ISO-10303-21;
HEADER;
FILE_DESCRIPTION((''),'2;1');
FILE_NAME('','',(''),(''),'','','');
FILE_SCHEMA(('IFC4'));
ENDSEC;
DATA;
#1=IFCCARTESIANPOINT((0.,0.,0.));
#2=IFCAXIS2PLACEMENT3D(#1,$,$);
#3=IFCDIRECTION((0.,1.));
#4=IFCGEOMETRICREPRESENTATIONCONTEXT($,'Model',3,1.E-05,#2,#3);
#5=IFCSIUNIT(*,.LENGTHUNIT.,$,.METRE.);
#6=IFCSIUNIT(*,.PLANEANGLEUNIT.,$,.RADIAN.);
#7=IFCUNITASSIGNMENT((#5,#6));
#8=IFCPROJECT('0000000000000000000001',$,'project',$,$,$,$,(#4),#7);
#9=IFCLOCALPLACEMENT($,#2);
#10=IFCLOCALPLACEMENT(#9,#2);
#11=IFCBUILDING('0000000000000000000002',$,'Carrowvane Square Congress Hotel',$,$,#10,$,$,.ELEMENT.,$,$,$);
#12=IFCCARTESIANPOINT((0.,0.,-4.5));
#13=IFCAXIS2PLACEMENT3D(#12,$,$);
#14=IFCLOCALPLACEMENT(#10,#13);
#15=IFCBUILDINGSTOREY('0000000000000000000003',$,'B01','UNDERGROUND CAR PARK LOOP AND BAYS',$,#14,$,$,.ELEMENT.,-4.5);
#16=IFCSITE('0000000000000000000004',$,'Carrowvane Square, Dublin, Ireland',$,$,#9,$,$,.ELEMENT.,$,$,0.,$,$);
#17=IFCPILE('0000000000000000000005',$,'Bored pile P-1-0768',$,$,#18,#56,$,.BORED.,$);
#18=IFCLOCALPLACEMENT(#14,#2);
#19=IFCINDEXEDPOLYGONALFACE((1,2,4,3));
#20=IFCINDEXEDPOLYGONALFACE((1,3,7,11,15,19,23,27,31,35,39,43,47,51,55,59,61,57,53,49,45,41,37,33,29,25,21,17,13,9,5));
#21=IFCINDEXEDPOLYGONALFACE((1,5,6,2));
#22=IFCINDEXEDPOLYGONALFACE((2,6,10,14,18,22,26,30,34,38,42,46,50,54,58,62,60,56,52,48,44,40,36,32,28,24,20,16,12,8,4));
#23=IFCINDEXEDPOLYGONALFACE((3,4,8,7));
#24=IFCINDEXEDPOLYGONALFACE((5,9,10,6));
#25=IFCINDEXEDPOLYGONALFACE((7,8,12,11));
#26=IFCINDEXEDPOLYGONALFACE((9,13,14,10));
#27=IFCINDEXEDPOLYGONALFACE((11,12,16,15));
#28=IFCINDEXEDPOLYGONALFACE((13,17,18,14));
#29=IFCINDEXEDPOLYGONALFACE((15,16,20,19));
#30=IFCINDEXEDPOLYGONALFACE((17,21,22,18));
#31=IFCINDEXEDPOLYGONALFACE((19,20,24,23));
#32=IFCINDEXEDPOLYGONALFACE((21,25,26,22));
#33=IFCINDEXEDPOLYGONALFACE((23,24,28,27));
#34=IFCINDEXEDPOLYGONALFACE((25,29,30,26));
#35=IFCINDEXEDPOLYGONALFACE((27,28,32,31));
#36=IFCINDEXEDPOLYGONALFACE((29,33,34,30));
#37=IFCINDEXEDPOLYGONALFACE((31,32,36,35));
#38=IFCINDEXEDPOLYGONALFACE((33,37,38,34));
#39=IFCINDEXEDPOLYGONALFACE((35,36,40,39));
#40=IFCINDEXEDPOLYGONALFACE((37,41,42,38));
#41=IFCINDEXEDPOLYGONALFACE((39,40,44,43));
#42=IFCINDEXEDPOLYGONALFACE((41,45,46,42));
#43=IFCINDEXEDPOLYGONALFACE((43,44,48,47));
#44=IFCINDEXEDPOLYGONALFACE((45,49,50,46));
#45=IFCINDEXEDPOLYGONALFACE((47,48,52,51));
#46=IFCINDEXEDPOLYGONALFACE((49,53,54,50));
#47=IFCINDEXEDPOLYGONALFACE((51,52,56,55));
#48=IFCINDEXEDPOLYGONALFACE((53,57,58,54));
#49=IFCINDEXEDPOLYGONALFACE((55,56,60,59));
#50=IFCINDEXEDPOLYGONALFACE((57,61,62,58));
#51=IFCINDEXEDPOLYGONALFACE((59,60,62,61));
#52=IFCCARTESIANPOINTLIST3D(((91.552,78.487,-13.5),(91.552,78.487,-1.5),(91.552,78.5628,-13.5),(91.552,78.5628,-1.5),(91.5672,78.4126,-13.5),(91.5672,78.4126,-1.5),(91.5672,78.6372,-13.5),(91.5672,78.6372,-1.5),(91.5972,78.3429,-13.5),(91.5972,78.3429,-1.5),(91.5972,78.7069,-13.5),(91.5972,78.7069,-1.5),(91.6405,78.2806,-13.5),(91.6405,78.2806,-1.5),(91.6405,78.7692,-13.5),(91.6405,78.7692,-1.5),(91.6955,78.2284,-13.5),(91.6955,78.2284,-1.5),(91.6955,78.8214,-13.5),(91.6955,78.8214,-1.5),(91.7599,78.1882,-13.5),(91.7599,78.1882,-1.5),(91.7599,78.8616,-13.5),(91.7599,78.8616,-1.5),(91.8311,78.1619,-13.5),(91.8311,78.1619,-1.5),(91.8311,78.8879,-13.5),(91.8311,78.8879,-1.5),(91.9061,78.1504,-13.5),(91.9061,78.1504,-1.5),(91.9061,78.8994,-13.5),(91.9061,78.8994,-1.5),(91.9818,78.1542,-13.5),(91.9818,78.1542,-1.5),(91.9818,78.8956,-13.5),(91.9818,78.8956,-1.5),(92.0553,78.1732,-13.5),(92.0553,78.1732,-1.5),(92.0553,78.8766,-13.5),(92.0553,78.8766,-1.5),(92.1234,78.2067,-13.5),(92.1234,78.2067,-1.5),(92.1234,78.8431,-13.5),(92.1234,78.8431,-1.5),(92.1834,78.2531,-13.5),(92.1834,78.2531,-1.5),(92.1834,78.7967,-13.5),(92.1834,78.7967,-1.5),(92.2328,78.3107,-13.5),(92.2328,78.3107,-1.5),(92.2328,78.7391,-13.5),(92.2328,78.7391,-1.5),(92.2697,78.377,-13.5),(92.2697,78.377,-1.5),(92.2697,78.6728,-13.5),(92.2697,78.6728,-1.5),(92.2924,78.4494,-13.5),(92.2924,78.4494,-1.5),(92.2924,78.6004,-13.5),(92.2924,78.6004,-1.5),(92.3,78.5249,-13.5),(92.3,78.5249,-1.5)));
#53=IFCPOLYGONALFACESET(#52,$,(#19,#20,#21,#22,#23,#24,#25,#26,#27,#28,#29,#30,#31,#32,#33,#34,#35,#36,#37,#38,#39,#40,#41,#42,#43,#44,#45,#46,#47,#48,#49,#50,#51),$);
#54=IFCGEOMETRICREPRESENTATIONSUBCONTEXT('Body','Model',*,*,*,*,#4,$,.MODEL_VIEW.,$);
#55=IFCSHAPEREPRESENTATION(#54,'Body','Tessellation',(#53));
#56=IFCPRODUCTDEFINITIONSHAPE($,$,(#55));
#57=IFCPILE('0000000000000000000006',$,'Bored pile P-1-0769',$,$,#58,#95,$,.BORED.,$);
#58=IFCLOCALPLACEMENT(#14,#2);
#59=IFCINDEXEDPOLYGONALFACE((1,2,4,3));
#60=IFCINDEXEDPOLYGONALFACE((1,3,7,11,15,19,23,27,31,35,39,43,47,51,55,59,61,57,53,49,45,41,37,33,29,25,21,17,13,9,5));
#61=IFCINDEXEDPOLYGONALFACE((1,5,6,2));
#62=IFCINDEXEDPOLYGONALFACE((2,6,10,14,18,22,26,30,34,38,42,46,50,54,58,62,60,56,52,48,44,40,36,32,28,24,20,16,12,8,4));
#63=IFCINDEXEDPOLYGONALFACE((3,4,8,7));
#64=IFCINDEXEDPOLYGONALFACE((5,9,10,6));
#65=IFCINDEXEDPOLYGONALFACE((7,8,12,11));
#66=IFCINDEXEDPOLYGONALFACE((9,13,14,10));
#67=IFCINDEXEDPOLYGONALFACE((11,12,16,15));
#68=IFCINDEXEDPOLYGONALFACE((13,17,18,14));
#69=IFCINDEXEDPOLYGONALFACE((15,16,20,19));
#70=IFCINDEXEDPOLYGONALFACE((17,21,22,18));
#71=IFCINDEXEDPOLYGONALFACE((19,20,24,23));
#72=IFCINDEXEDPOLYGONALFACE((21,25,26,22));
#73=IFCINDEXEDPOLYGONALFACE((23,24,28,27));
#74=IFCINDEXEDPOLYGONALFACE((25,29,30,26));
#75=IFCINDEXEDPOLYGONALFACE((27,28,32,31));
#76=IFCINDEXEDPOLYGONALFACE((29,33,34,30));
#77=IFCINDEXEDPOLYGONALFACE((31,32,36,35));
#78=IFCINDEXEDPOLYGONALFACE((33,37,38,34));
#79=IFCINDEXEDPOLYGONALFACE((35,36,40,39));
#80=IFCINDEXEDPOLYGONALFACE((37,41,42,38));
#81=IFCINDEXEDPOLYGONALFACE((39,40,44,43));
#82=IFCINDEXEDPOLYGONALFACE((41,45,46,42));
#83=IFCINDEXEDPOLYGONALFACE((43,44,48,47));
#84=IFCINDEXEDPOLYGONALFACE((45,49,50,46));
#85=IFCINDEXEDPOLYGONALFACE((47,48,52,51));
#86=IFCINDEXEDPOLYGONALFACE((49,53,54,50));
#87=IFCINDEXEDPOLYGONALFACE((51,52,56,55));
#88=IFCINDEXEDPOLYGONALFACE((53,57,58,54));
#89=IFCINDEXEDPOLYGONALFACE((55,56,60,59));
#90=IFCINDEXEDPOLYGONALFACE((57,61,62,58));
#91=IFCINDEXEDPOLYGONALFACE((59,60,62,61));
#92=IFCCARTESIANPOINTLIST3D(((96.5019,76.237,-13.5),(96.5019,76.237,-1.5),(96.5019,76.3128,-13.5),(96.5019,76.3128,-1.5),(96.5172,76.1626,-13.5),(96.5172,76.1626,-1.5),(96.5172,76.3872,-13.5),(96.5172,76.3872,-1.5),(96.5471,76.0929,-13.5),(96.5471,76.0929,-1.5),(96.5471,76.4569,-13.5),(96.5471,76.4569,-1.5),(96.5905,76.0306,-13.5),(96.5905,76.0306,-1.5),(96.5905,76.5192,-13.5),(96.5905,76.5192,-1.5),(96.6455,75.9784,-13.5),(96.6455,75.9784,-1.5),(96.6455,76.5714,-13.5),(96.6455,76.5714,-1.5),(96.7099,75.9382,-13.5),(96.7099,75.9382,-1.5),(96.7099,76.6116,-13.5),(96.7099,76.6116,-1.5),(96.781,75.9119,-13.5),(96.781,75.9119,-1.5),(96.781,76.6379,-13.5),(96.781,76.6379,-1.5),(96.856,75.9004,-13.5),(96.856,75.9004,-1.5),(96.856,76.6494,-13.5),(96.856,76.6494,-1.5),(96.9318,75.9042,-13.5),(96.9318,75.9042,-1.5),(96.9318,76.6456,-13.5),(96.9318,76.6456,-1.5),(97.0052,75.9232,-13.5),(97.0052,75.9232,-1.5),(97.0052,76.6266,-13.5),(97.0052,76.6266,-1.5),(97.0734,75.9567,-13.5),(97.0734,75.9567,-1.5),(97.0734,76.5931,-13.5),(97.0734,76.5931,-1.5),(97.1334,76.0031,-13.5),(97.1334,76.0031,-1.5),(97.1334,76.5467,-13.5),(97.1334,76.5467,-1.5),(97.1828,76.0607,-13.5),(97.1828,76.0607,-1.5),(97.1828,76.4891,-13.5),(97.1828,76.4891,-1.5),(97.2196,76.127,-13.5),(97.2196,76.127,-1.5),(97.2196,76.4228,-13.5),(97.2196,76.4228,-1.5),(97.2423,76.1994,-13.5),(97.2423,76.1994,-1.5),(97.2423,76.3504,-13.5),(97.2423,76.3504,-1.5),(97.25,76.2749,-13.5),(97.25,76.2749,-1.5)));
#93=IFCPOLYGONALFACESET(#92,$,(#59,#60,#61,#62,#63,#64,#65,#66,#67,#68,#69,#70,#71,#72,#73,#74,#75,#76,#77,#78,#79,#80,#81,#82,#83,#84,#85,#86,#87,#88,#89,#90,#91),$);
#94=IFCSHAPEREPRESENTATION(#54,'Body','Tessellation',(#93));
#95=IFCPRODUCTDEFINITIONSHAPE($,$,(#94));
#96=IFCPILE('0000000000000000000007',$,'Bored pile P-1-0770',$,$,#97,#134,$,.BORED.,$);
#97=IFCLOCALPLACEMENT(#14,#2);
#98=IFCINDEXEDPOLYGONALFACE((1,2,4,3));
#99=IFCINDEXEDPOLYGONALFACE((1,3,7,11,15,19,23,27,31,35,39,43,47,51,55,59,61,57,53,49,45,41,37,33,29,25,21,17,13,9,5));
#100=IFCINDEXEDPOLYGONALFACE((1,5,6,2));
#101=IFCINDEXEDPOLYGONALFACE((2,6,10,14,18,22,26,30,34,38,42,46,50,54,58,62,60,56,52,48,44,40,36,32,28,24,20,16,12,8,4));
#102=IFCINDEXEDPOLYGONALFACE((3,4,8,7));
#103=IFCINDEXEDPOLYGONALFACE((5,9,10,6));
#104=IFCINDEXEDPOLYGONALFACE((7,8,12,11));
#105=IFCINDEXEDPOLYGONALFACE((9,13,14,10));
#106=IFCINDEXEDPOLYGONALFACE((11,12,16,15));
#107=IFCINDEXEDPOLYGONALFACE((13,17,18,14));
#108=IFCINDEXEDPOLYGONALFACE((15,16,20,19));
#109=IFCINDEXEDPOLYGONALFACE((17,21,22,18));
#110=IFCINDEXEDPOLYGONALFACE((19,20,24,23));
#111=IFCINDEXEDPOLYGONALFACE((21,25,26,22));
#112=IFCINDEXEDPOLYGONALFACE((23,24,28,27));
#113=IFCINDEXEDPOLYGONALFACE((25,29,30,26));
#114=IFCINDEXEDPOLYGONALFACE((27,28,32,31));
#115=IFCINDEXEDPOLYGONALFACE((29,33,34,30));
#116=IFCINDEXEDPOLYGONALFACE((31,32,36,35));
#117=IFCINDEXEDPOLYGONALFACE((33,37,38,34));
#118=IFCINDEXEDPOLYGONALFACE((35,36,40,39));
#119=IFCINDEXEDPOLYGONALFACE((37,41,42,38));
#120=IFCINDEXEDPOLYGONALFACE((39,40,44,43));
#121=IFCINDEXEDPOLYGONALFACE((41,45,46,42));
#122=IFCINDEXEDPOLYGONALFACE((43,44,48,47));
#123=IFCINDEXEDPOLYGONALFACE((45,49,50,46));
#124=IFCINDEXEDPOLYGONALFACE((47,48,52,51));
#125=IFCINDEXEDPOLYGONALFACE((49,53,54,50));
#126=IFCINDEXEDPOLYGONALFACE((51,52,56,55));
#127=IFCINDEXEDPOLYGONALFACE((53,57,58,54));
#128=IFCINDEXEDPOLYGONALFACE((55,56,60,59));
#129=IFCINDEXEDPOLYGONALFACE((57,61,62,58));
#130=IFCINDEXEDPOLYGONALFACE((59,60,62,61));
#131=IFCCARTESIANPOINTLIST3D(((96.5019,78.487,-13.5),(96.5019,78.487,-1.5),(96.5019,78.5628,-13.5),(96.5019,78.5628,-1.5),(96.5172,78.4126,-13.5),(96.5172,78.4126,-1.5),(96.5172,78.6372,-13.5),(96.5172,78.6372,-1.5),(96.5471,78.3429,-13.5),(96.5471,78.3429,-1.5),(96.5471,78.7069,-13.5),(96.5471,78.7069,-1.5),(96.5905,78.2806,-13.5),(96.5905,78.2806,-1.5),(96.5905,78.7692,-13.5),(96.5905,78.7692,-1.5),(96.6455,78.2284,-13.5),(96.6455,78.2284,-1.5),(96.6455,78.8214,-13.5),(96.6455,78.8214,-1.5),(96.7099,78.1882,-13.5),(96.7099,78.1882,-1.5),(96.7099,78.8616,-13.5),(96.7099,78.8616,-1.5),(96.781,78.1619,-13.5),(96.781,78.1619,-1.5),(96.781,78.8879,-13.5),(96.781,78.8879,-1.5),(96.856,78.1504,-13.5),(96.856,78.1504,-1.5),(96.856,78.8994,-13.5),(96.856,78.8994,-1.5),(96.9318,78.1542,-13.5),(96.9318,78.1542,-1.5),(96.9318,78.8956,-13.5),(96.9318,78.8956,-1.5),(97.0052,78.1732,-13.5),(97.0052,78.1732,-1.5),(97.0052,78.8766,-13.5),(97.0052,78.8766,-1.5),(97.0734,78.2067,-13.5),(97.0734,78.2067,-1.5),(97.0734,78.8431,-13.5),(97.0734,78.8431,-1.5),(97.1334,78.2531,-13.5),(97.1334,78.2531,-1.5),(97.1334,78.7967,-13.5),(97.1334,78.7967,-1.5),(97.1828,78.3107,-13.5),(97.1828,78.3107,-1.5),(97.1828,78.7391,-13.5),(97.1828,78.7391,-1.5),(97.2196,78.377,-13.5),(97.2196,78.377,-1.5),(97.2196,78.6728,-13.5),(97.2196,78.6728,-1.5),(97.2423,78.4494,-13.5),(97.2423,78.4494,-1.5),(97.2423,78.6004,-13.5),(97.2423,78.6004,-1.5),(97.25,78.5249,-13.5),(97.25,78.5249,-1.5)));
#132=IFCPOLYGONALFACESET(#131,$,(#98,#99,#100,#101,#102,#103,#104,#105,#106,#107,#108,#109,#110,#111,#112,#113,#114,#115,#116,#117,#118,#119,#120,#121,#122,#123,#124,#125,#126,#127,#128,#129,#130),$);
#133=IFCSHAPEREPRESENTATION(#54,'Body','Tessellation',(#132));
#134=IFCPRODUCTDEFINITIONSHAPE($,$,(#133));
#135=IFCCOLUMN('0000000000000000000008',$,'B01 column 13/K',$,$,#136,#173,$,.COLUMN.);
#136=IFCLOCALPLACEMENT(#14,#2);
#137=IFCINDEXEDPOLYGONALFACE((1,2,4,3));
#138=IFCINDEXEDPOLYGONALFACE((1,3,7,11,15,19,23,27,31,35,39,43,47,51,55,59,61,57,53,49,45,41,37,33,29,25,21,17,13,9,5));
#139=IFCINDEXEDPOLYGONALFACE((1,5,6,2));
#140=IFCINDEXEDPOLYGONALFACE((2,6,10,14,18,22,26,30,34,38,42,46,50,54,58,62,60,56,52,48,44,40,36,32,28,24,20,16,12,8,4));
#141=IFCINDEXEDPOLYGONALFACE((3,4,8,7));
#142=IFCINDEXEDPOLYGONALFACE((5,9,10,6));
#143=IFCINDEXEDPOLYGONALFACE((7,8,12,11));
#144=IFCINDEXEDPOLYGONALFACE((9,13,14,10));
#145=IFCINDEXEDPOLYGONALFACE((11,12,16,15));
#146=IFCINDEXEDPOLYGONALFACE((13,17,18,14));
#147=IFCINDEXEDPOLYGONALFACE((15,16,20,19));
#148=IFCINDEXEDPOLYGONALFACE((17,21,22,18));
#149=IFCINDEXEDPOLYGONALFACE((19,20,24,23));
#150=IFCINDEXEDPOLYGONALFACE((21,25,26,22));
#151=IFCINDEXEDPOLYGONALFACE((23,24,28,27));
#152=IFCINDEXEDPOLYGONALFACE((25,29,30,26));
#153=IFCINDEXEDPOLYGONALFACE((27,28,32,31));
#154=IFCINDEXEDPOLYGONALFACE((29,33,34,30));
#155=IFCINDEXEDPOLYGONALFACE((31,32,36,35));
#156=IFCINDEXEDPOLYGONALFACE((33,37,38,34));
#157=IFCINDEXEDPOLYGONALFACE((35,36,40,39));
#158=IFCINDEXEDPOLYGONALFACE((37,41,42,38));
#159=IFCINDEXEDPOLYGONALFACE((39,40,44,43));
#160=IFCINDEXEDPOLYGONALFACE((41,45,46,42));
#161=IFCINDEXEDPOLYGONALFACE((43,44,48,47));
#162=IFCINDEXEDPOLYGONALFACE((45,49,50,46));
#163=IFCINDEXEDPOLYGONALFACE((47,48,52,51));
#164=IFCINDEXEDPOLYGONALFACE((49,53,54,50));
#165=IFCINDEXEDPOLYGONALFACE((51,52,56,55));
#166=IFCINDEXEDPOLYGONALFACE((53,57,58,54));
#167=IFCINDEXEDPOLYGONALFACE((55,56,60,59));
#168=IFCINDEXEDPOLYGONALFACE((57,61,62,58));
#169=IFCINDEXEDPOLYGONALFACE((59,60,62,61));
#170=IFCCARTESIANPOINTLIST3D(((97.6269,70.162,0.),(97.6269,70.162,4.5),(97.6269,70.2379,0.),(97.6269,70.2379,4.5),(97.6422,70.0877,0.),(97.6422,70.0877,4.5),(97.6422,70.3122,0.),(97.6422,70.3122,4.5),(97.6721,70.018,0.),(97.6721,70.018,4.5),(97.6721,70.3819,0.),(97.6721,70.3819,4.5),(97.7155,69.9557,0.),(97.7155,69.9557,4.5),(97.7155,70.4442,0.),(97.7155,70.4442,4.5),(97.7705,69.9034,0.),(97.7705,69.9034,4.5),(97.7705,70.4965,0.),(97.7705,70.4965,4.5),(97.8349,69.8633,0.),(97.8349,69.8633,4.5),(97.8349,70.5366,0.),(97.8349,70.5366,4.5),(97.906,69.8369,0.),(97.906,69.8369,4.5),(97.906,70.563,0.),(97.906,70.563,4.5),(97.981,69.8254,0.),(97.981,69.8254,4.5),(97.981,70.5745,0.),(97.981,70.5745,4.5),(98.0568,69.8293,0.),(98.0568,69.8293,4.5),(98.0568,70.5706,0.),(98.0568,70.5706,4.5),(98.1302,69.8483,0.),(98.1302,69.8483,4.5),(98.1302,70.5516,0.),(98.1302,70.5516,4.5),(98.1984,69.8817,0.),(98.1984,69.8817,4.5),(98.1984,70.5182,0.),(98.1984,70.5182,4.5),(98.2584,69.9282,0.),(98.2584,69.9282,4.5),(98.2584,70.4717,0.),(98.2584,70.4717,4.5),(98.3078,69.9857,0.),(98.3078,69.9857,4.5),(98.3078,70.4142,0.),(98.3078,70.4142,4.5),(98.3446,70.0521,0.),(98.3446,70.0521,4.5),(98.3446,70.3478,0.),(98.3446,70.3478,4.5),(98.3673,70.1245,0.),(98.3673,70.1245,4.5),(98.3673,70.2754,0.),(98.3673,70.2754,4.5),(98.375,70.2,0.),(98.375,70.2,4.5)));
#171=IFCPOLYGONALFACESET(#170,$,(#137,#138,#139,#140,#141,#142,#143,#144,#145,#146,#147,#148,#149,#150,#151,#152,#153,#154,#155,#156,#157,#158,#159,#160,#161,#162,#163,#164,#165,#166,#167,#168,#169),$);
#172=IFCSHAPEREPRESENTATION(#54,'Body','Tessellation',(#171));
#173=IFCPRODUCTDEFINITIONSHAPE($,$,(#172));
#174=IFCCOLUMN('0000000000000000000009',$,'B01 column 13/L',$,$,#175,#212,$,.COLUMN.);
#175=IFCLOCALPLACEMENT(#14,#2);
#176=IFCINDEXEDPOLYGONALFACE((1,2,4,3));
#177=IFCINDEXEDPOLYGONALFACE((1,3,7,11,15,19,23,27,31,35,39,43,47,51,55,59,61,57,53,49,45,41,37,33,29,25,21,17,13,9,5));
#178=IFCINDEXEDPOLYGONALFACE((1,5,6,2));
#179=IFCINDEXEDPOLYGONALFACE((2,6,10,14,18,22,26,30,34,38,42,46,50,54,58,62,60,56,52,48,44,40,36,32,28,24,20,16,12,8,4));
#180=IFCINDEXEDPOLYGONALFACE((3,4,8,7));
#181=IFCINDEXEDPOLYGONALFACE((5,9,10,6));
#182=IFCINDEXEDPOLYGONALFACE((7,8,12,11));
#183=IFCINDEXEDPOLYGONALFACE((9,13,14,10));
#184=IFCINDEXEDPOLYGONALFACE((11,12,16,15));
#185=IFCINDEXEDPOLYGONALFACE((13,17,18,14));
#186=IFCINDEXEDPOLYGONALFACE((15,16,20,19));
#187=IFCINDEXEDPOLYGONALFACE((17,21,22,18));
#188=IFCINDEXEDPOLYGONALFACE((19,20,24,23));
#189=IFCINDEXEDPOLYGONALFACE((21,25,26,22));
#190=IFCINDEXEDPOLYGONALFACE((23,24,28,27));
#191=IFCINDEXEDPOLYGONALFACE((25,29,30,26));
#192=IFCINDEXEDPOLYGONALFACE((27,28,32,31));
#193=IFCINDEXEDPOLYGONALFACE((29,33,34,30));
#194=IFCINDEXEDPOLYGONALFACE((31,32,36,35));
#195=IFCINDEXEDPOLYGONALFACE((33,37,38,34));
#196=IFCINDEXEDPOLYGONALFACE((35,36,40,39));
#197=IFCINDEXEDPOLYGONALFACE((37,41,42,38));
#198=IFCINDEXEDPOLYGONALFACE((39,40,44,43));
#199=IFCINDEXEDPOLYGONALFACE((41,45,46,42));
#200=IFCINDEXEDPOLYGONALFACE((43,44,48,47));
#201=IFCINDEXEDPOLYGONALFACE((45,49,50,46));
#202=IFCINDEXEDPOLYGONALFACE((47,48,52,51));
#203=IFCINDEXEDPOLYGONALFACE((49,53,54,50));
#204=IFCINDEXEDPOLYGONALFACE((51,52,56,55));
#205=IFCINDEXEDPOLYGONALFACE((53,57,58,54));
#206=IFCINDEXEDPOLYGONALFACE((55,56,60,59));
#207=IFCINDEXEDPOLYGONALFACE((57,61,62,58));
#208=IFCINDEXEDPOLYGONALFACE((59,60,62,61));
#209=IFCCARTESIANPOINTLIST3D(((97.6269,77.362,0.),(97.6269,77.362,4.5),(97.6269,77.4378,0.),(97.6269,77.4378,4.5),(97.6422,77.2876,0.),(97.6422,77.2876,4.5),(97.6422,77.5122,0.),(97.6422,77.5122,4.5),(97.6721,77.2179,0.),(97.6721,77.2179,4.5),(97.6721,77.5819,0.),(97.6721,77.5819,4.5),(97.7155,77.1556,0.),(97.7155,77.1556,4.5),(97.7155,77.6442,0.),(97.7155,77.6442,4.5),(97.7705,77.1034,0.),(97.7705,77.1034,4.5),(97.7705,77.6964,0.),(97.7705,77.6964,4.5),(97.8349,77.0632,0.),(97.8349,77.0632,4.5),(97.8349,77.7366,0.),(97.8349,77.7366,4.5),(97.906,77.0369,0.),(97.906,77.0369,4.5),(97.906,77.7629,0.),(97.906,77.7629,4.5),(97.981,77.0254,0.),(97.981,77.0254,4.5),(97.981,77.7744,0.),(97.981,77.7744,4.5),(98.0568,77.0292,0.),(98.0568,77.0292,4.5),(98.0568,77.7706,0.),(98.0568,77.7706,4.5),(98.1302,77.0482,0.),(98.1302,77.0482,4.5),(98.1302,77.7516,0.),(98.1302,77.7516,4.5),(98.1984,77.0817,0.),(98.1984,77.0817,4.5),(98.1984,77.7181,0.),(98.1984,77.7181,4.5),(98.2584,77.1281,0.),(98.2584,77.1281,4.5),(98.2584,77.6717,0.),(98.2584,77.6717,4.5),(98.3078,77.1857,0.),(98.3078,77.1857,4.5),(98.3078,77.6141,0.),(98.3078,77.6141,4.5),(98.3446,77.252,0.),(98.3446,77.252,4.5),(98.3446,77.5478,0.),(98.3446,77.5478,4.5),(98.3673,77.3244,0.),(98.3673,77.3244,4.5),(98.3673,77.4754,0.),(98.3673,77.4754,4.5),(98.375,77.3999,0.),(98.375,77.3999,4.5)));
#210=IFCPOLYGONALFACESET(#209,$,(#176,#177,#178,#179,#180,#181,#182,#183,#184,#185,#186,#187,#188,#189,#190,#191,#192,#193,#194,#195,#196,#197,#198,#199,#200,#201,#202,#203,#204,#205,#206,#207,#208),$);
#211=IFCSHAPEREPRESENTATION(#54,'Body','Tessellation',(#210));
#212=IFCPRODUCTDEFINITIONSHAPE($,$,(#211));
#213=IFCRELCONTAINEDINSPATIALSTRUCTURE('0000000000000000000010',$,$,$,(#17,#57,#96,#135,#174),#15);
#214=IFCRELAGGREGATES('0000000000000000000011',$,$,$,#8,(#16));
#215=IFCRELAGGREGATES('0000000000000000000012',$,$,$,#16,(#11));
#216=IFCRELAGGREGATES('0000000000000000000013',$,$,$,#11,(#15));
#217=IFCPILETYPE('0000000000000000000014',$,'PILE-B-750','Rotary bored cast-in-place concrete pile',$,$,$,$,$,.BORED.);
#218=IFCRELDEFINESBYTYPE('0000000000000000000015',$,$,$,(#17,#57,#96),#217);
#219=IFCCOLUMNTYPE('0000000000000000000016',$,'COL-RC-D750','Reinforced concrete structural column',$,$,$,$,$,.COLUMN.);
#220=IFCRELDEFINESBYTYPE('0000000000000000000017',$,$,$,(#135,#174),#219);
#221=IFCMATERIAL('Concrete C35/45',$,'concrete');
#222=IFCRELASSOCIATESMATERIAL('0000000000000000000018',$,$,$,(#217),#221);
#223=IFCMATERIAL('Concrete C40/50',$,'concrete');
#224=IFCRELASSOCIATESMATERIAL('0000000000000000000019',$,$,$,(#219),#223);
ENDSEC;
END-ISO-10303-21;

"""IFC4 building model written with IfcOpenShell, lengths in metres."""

from ifc_helpers import new_model, si_unit, direction, frame, origin, origin_2d, place, context, subcontext, project, spatial, circle, extrude, material, material_profile, profile_set, type_object, element, save


model = new_model("IFC4")

# Units and contexts
model_context = context("Model", 3, precision=1e-05, world=origin(), true_north=direction((0.0, 1.0)))
body_context = subcontext(model_context, "Body", "Model", "MODEL_VIEW")
ifc_project = project(units=[si_unit("LENGTHUNIT", "METRE"), si_unit("PLANEANGLEUNIT", "RADIAN")], contexts=[model_context])

# Site, building, storey
site_placement = place(None, origin())
site = spatial("IfcSite", under=ifc_project, at=site_placement, Name="Carrowvane Square, Dublin, Ireland", CompositionType="ELEMENT", RefElevation=0.0)
building_placement = place(site_placement, origin())
building = spatial("IfcBuilding", under=site, at=building_placement, Name="Carrowvane Square Congress Hotel", CompositionType="ELEMENT")
storey_placement = place(building_placement, frame((0.0, 0.0, -4.5)))
storey = spatial("IfcBuildingStorey", under=building, at=storey_placement, Name="B01", Description="UNDERGROUND CAR PARK LOOP AND BAYS", CompositionType="ELEMENT", Elevation=-4.5)

# Piles
ifc_material_1 = material(Name="Concrete C35/45", Category="concrete")
ifc_material_profile_1 = material_profile(ifc_material_1, circle(Radius=0.375, at=origin_2d()), Name="PILE D750")
ifc_profile_set_1 = profile_set([ifc_material_profile_1], Name="Concrete C35/45")
pile_type = type_object("IfcPileType", Name="PILE-B-750", Description="Rotary bored cast-in-place concrete pile", PredefinedType="BORED", material=ifc_profile_set_1)
for number, where, z_axis, x_axis, name in (
    (1, (91.925, 78.5249, -1.5), (0.0, 0.0, -1.0), (1.0, 0.0, 0.0), "Bored pile P-1-0768"),
    (2, (96.875, 76.2749, -1.5), (0.0, 0.0, -1.0), (1.0, 0.0, 0.0), "Bored pile P-1-0769"),
    (3, (96.875, 78.5249, -1.5), (0.0, 0.0, -1.0), (1.0, 0.0, 0.0), "Bored pile P-1-0770"),
):
    element("IfcPile", number, at=place(storey_placement, frame(where, z_axis=z_axis, x_axis=x_axis)), inside=storey, type_object=pile_type, Name=name, PredefinedType="BORED", context=body_context, shape_type="SweptSolid", body=[
        extrude(circle(Radius=0.375, at=origin_2d()), origin(), (0.0, 0.0, 1.0), 12.0),
    ])

# Columns
ifc_material_2 = material(Name="Concrete C40/50", Category="concrete")
ifc_material_profile_2 = material_profile(ifc_material_2, circle(Radius=0.375, at=origin_2d()), Name="RC D750")
ifc_profile_set_2 = profile_set([ifc_material_profile_2], Name="Concrete C40/50")
column_type = type_object("IfcColumnType", Name="COL-RC-D750", Description="Reinforced concrete structural column", PredefinedType="COLUMN", material=ifc_profile_set_2)
for number, where, z_axis, x_axis, name in (
    (4, (98.0, 70.2, 0.0), (0.0, 0.0, 1.0), (1.0, 0.0, 0.0), "B01 column 13/K"),
    (5, (98.0, 77.3999, 0.0), (0.0, 0.0, 1.0), (1.0, 0.0, 0.0), "B01 column 13/L"),
):
    element("IfcColumn", number, at=place(storey_placement, frame(where, z_axis=z_axis, x_axis=x_axis)), inside=storey, type_object=column_type, Name=name, PredefinedType="COLUMN", context=body_context, shape_type="SweptSolid", body=[
        extrude(circle(Radius=0.375, at=origin_2d()), origin(), (0.0, 0.0, 1.0), 4.5),
    ])

save(model, "model.ifc")
